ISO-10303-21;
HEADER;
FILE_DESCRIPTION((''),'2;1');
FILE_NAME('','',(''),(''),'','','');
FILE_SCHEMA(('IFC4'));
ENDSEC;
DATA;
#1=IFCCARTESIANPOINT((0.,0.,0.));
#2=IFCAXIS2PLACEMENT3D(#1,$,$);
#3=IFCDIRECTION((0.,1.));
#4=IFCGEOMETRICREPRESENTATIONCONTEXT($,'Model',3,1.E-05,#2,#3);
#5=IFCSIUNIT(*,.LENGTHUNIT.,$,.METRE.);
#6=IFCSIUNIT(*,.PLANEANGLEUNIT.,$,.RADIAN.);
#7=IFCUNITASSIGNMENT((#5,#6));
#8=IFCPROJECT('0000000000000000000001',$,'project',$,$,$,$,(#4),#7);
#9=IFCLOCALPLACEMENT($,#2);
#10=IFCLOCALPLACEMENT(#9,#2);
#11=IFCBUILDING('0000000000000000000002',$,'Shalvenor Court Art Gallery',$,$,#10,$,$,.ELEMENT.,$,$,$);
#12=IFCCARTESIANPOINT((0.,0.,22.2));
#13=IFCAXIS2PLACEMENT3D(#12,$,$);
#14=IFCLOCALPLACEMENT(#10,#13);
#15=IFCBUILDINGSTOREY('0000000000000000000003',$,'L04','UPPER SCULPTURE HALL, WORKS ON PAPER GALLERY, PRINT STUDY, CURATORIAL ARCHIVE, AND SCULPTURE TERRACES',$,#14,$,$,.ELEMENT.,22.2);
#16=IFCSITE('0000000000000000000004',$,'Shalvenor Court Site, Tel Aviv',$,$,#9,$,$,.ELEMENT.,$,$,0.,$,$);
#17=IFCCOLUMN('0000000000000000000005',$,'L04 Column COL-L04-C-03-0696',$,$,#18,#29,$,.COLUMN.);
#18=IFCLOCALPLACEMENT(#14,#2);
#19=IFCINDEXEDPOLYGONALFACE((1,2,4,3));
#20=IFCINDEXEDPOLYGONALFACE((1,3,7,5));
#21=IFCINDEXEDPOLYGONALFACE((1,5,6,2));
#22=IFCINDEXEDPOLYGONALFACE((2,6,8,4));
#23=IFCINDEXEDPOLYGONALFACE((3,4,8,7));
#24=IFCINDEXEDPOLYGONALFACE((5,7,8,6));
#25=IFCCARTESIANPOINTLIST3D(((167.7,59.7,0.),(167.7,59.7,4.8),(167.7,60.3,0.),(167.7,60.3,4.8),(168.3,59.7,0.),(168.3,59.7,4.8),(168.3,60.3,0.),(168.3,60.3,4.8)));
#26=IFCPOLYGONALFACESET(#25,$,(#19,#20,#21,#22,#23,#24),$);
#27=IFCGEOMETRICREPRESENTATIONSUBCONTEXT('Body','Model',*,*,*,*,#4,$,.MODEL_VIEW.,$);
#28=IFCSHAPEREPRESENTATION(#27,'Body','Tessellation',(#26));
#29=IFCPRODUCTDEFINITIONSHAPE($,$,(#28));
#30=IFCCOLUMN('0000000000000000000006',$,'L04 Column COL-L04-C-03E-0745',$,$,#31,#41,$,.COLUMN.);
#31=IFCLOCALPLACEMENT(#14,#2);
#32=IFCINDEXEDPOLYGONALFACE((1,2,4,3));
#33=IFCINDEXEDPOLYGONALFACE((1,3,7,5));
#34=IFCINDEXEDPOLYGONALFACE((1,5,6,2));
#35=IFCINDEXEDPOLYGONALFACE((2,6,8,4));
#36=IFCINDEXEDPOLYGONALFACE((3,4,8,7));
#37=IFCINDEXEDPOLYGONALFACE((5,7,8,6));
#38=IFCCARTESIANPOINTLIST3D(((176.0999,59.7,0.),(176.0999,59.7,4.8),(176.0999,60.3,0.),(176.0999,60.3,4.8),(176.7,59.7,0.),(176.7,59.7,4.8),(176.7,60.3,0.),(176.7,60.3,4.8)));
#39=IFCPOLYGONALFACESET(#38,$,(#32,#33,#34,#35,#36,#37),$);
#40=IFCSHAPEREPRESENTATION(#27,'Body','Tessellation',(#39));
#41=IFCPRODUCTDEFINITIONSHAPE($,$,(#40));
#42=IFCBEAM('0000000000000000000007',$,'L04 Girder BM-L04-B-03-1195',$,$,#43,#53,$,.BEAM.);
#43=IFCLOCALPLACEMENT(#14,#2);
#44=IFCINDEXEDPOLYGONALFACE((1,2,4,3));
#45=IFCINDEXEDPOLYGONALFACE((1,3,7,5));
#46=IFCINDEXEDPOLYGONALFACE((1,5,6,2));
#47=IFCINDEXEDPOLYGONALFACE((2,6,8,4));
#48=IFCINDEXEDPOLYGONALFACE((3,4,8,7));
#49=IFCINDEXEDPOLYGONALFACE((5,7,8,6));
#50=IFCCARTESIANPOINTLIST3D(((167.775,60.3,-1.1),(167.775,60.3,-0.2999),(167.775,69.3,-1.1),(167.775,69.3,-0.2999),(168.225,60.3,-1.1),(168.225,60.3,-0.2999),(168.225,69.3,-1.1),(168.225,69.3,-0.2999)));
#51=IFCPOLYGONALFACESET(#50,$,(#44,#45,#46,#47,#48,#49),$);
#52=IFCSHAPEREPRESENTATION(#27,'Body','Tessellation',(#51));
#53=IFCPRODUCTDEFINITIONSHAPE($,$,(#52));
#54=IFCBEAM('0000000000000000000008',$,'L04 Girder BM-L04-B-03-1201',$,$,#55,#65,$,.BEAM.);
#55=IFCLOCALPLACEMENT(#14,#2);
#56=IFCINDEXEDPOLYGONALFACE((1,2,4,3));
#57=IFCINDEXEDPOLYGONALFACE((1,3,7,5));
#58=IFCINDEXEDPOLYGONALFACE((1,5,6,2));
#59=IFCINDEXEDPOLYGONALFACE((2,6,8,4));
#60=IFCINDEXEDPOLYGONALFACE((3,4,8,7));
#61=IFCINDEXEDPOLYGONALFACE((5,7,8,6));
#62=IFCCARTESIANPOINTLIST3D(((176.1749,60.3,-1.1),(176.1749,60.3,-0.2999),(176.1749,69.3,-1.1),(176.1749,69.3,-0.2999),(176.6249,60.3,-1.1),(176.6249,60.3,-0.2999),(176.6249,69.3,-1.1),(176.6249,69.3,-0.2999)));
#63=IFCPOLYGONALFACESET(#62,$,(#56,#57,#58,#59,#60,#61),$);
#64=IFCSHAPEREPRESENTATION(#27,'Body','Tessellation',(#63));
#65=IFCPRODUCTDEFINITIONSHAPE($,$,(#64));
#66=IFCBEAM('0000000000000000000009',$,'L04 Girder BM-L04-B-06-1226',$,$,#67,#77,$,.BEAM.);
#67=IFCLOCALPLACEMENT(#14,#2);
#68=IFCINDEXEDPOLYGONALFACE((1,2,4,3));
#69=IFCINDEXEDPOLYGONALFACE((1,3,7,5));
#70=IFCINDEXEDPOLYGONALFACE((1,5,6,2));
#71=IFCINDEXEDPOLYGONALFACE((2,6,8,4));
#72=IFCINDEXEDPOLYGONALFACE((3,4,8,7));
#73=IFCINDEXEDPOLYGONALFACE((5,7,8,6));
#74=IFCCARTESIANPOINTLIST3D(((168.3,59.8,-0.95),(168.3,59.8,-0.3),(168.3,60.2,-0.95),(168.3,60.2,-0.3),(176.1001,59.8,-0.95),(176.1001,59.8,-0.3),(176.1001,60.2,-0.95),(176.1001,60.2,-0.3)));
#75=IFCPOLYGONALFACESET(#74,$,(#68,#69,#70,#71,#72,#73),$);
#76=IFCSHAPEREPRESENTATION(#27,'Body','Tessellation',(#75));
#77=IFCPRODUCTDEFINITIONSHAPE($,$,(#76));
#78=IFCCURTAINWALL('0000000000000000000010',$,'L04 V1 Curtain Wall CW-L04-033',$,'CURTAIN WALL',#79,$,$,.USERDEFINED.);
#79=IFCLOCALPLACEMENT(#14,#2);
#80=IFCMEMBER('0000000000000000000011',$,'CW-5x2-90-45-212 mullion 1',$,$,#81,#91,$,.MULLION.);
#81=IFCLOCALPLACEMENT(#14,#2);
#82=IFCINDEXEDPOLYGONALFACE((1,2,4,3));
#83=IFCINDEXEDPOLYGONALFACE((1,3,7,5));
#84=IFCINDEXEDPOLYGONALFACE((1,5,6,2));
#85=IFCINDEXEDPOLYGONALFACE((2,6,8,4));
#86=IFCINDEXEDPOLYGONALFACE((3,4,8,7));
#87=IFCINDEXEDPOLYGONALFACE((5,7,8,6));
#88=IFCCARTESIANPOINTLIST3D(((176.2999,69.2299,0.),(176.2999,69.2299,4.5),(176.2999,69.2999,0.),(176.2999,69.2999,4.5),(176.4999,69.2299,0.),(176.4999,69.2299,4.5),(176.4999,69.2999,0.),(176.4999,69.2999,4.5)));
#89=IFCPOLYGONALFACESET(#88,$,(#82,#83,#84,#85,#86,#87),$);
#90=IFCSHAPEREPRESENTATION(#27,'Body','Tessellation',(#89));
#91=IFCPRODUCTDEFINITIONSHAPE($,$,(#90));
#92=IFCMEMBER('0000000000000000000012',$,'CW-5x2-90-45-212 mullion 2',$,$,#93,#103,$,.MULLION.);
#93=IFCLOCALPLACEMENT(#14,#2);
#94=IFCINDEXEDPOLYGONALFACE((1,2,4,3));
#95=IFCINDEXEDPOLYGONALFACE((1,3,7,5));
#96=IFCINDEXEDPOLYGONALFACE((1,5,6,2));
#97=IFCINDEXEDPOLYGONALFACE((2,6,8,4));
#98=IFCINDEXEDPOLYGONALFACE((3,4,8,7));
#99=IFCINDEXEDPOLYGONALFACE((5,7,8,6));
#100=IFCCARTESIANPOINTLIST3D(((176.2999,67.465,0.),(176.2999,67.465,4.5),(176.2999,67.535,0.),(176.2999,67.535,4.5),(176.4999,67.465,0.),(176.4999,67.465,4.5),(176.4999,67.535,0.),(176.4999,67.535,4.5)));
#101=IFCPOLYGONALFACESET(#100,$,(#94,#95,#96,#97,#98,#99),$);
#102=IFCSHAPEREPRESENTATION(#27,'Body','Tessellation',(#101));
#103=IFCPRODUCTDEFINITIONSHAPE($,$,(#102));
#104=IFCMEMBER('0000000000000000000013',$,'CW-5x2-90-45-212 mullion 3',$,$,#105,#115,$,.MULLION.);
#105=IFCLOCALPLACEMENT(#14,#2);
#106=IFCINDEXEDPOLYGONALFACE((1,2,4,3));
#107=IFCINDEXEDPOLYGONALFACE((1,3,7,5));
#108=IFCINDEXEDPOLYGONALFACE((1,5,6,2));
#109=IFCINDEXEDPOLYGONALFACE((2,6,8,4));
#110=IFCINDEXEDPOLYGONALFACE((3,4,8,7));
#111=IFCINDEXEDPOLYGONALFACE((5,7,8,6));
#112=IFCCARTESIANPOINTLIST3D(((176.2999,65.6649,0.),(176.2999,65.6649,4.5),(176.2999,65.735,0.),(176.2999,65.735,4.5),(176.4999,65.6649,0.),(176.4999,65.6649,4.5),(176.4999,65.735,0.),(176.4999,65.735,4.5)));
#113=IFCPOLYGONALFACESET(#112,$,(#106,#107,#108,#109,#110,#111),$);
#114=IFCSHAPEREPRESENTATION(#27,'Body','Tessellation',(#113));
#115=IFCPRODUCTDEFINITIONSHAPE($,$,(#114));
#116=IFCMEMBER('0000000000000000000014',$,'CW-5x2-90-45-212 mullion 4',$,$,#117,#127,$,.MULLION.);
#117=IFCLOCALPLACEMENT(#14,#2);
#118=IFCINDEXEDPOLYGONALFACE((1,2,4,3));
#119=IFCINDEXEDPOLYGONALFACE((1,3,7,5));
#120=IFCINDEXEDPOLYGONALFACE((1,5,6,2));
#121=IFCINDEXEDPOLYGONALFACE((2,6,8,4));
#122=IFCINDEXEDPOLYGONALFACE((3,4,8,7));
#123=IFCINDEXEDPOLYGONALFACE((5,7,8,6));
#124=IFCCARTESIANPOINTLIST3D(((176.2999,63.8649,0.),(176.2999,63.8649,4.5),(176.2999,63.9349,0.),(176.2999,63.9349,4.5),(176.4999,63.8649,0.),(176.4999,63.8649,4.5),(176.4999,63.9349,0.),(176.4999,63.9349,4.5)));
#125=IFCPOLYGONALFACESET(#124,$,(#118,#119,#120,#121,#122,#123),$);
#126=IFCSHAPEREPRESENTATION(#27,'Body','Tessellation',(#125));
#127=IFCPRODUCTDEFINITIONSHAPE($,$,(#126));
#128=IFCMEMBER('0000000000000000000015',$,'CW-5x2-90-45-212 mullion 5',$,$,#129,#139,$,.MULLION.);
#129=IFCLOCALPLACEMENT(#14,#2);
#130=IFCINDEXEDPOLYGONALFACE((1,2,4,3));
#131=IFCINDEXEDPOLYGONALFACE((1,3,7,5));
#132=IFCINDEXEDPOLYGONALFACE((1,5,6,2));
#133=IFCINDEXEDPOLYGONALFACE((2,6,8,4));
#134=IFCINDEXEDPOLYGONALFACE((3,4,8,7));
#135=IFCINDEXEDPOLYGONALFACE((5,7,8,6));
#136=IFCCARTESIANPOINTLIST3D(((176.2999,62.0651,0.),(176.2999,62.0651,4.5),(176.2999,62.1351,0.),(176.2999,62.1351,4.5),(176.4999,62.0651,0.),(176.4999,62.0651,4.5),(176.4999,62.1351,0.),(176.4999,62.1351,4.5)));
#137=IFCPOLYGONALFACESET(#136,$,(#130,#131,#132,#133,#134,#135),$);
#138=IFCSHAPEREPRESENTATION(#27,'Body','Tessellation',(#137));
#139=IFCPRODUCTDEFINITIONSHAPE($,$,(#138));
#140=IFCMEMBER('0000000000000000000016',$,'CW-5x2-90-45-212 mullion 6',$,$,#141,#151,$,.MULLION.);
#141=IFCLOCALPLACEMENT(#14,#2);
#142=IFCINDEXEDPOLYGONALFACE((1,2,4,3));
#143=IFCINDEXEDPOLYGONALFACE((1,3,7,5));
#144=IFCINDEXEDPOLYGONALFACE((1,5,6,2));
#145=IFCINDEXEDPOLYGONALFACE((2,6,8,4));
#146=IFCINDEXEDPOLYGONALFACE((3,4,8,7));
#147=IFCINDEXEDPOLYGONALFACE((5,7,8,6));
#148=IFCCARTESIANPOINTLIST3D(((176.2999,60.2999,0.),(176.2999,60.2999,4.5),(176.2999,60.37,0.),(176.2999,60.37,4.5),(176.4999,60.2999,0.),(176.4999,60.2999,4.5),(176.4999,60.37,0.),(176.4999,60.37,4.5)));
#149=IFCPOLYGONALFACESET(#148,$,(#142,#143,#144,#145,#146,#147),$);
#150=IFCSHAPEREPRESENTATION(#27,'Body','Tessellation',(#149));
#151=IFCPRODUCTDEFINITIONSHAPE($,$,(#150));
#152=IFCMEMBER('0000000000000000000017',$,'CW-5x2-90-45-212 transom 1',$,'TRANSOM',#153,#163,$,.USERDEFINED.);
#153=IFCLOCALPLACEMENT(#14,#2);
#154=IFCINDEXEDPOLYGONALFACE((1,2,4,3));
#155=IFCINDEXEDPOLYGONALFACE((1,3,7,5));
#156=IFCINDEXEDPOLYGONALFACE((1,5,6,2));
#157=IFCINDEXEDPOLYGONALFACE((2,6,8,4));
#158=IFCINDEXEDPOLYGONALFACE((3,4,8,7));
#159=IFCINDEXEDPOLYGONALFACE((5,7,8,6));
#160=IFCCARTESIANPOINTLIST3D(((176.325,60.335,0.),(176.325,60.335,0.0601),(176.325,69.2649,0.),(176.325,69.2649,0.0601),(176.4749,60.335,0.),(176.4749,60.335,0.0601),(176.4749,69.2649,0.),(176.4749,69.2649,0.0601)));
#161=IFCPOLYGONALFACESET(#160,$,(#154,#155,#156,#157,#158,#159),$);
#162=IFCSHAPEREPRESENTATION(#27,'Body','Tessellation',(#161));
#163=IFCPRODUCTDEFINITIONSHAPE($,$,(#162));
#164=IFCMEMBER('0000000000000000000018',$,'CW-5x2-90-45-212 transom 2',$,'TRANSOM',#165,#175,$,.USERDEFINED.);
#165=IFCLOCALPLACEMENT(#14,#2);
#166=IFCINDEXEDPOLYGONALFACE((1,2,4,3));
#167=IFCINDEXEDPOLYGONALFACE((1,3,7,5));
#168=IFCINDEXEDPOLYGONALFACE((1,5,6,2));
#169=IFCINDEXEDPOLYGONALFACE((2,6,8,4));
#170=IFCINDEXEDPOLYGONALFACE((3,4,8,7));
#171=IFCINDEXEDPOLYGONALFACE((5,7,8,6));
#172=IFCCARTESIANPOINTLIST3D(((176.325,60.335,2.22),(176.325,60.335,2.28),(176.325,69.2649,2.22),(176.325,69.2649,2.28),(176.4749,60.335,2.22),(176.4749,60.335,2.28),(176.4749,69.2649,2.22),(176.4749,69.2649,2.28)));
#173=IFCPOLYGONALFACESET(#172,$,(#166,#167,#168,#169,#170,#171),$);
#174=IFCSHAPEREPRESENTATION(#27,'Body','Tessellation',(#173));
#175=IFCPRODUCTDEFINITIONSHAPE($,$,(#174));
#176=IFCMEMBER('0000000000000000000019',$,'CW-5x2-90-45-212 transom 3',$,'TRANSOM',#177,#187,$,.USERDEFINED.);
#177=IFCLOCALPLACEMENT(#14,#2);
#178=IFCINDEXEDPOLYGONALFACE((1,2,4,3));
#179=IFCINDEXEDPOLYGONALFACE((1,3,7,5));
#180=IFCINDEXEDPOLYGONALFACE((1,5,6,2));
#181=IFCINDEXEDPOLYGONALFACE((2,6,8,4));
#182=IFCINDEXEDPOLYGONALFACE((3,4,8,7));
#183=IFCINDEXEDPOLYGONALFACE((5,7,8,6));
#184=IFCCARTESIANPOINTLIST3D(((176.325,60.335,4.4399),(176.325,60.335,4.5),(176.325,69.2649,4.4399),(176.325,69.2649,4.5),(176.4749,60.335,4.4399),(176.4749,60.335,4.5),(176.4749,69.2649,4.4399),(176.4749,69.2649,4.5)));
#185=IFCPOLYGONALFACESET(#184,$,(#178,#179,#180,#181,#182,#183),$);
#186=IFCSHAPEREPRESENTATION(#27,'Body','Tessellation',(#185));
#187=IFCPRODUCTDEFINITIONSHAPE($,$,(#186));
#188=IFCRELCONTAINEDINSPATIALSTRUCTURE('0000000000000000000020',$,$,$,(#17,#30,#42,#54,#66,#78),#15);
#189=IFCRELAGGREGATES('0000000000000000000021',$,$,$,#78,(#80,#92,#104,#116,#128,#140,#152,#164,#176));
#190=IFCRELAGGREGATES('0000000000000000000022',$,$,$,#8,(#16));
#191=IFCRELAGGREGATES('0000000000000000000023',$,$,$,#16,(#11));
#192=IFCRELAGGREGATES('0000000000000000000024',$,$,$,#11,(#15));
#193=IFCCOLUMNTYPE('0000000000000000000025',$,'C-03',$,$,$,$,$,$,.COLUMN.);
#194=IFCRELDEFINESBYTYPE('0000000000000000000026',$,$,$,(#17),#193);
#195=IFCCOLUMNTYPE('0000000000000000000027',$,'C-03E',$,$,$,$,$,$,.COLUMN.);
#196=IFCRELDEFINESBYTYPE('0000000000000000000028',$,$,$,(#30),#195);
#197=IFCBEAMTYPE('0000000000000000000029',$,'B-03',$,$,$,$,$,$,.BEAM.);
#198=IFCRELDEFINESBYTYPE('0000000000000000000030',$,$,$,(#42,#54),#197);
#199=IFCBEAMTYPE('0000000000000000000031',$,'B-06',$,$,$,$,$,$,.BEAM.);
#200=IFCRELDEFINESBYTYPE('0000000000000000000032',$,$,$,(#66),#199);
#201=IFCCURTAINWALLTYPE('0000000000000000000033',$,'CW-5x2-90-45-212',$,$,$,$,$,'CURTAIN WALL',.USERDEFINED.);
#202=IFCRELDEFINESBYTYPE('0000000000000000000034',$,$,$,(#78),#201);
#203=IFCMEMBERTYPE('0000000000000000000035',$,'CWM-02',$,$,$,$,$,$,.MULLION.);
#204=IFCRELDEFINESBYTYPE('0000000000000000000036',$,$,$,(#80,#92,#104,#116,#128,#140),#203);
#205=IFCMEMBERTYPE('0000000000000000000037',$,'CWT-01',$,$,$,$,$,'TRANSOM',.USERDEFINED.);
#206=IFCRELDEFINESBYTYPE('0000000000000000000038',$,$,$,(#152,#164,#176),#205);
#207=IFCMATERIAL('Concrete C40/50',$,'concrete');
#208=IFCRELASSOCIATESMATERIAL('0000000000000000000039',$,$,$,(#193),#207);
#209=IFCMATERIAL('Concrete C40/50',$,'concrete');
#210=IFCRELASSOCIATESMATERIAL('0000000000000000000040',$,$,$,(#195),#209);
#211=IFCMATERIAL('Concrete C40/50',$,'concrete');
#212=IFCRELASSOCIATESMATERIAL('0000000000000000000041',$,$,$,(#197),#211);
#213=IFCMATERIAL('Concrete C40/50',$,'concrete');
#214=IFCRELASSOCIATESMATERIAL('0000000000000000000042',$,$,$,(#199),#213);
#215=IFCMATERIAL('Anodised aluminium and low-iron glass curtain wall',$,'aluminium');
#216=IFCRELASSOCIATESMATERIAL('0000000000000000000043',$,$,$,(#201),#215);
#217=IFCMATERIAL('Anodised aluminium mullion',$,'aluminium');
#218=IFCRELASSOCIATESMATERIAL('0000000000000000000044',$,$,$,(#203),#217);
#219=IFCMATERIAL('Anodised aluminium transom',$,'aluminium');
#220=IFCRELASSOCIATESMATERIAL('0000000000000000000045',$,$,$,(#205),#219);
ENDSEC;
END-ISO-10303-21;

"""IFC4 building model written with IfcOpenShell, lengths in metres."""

from ifc_helpers import new_model, si_unit, direction, frame, origin, origin_2d, place, context, subcontext, project, spatial, rectangle, extrude, material, material_profile, profile_set, type_object, element, aggregate, save


model = new_model("IFC4")

# Units and contexts
model_context = context("Model", 3, precision=1e-05, world=origin(), true_north=direction((0.0, 1.0)))
body_context = subcontext(model_context, "Body", "Model", "MODEL_VIEW")
ifc_project = project(units=[si_unit("LENGTHUNIT", "METRE"), si_unit("PLANEANGLEUNIT", "RADIAN")], contexts=[model_context])

# Site, building, storey
site_placement = place(None, origin())
site = spatial("IfcSite", under=ifc_project, at=site_placement, Name="Shalvenor Court Site, Tel Aviv", CompositionType="ELEMENT", RefElevation=0.0)
building_placement = place(site_placement, origin())
building = spatial("IfcBuilding", under=site, at=building_placement, Name="Shalvenor Court Art Gallery", CompositionType="ELEMENT")
storey_placement = place(building_placement, frame((0.0, 0.0, 22.2)))
storey = spatial("IfcBuildingStorey", under=building, at=storey_placement, Name="L04", Description="UPPER SCULPTURE HALL, WORKS ON PAPER GALLERY, PRINT STUDY, CURATORIAL ARCHIVE, AND SCULPTURE TERRACES", CompositionType="ELEMENT", Elevation=22.2)

# Columns
ifc_material_1 = material(Name="Concrete C40/50", Category="concrete")
ifc_material_profile_1 = material_profile(ifc_material_1, rectangle(XDim=0.6001, YDim=0.6001, at=origin_2d()), Name="RC 600x600")
ifc_profile_set_1 = profile_set([ifc_material_profile_1], Name="Concrete C40/50")
column_type_1 = type_object("IfcColumnType", Name="C-03", PredefinedType="COLUMN", material=ifc_profile_set_1)
column_1_placement = place(storey_placement, frame((168.0, 60.0, 0.0), z_axis=(0.0, 0.0, 1.0), x_axis=(1.0, 0.0, 0.0)))
element("IfcColumn", 1, at=column_1_placement, inside=storey, type_object=column_type_1, Name="L04 Column COL-L04-C-03-0696", PredefinedType="COLUMN", context=body_context, shape_type="SweptSolid", body=[
    extrude(rectangle(XDim=0.6001, YDim=0.6001, at=origin_2d()), origin(), (0.0, 0.0, 1.0), 4.8),
])
ifc_material_2 = material(Name="Concrete C40/50", Category="concrete")
ifc_material_profile_2 = material_profile(ifc_material_2, rectangle(XDim=0.6001, YDim=0.6001, at=origin_2d()), Name="RC 600x600")
ifc_profile_set_2 = profile_set([ifc_material_profile_2], Name="Concrete C40/50")
column_type_2 = type_object("IfcColumnType", Name="C-03E", PredefinedType="COLUMN", material=ifc_profile_set_2)
column_2_placement = place(storey_placement, frame((176.3999, 60.0, 0.0), z_axis=(0.0, 0.0, 1.0), x_axis=(1.0, 0.0, 0.0)))
element("IfcColumn", 2, at=column_2_placement, inside=storey, type_object=column_type_2, Name="L04 Column COL-L04-C-03E-0745", PredefinedType="COLUMN", context=body_context, shape_type="SweptSolid", body=[
    extrude(rectangle(XDim=0.6001, YDim=0.6001, at=origin_2d()), origin(), (0.0, 0.0, 1.0), 4.8),
])

# Beams
ifc_material_3 = material(Name="Concrete C40/50", Category="concrete")
ifc_material_profile_3 = material_profile(ifc_material_3, rectangle(XDim=0.45, YDim=0.8, at=origin_2d()), Name="RC 450x800")
ifc_profile_set_3 = profile_set([ifc_material_profile_3], Name="Concrete C40/50")
beam_type_1 = type_object("IfcBeamType", Name="B-03", PredefinedType="BEAM", material=ifc_profile_set_3)
for number, where, z_axis, x_axis, name in (
    (3, (168.0, 60.3, -0.7), (0.0, 1.0, 0.0), (-1.0, 0.0, 0.0), "L04 Girder BM-L04-B-03-1195"),
    (4, (176.3999, 60.3, -0.7), (0.0, 1.0, 0.0), (-1.0, 0.0, 0.0), "L04 Girder BM-L04-B-03-1201"),
):
    element("IfcBeam", number, at=place(storey_placement, frame(where, z_axis=z_axis, x_axis=x_axis)), inside=storey, type_object=beam_type_1, Name=name, PredefinedType="BEAM", context=body_context, shape_type="SweptSolid", body=[
        extrude(rectangle(XDim=0.45, YDim=0.8, at=origin_2d()), origin(), (0.0, 0.0, 1.0), 9.0),
    ])
ifc_material_4 = material(Name="Concrete C40/50", Category="concrete")
ifc_material_profile_4 = material_profile(ifc_material_4, rectangle(XDim=0.3999, YDim=0.6499, at=origin_2d()), Name="RC 400x650")
ifc_profile_set_4 = profile_set([ifc_material_profile_4], Name="Concrete C40/50")
beam_type_2 = type_object("IfcBeamType", Name="B-06", PredefinedType="BEAM", material=ifc_profile_set_4)
beam_1_placement = place(storey_placement, frame((168.3, 60.0, -0.625), z_axis=(1.0, 0.0, 0.0), x_axis=(0.0, 1.0, 0.0)))
element("IfcBeam", 5, at=beam_1_placement, inside=storey, type_object=beam_type_2, Name="L04 Girder BM-L04-B-06-1226", PredefinedType="BEAM", context=body_context, shape_type="SweptSolid", body=[
    extrude(rectangle(XDim=0.3999, YDim=0.6499, at=origin_2d()), origin(), (0.0, 0.0, 1.0), 7.8),
])

# Curtain wall, members
ifc_material_5 = material(Name="Anodised aluminium and low-iron glass curtain wall", Category="aluminium")
curtain_wall_type_1 = type_object("IfcCurtainWallType", Name="CW-5x2-90-45-212", ElementType="CURTAIN WALL", PredefinedType="USERDEFINED", material=ifc_material_5)
curtain_wall_1_placement = place(storey_placement, origin())
curtain_wall_1 = element("IfcCurtainWall", 6, at=curtain_wall_1_placement, inside=storey, type_object=curtain_wall_type_1, Name="L04 V1 Curtain Wall CW-L04-033", ObjectType="CURTAIN WALL", PredefinedType="USERDEFINED")
ifc_material_6 = material(Name="Anodised aluminium mullion", Category="aluminium")
ifc_material_profile_5 = material_profile(ifc_material_6, rectangle(XDim=0.0701, YDim=0.2, at=origin_2d()), Name="CWM-02")
ifc_profile_set_5 = profile_set([ifc_material_profile_5], Name="Anodised aluminium mullion")
member_type_1 = type_object("IfcMemberType", Name="CWM-02", PredefinedType="MULLION", material=ifc_profile_set_5)
member_1_placement = place(storey_placement, frame((176.3999, 69.2649, 0.0), z_axis=(0.0, 0.0, 1.0), x_axis=(0.0, -1.0, 0.0)))
member_1 = element("IfcMember", 7, at=member_1_placement, type_object=member_type_1, Name="CW-5x2-90-45-212 mullion 1", PredefinedType="MULLION", context=body_context, shape_type="SweptSolid", body=[
    extrude(rectangle(XDim=0.0701, YDim=0.2, at=origin_2d()), origin(), (0.0, 0.0, 1.0), 4.5),
])
member_2_placement = place(storey_placement, frame((176.3999, 67.5, 0.0), z_axis=(0.0, 0.0, 1.0), x_axis=(0.0, -1.0, 0.0)))
member_2 = element("IfcMember", 8, at=member_2_placement, type_object=member_type_1, Name="CW-5x2-90-45-212 mullion 2", PredefinedType="MULLION", context=body_context, shape_type="SweptSolid", body=[
    extrude(rectangle(XDim=0.0701, YDim=0.2, at=origin_2d()), origin(), (0.0, 0.0, 1.0), 4.5),
])
member_3_placement = place(storey_placement, frame((176.3999, 65.7, 0.0), z_axis=(0.0, 0.0, 1.0), x_axis=(0.0, -1.0, 0.0)))
member_3 = element("IfcMember", 9, at=member_3_placement, type_object=member_type_1, Name="CW-5x2-90-45-212 mullion 3", PredefinedType="MULLION", context=body_context, shape_type="SweptSolid", body=[
    extrude(rectangle(XDim=0.0701, YDim=0.2, at=origin_2d()), origin(), (0.0, 0.0, 1.0), 4.5),
])
member_4_placement = place(storey_placement, frame((176.3999, 63.8999, 0.0), z_axis=(0.0, 0.0, 1.0), x_axis=(0.0, -1.0, 0.0)))
member_4 = element("IfcMember", 10, at=member_4_placement, type_object=member_type_1, Name="CW-5x2-90-45-212 mullion 4", PredefinedType="MULLION", context=body_context, shape_type="SweptSolid", body=[
    extrude(rectangle(XDim=0.0701, YDim=0.2, at=origin_2d()), origin(), (0.0, 0.0, 1.0), 4.5),
])
member_5_placement = place(storey_placement, frame((176.3999, 62.1001, 0.0), z_axis=(0.0, 0.0, 1.0), x_axis=(0.0, -1.0, 0.0)))
member_5 = element("IfcMember", 11, at=member_5_placement, type_object=member_type_1, Name="CW-5x2-90-45-212 mullion 5", PredefinedType="MULLION", context=body_context, shape_type="SweptSolid", body=[
    extrude(rectangle(XDim=0.0701, YDim=0.2, at=origin_2d()), origin(), (0.0, 0.0, 1.0), 4.5),
])
member_6_placement = place(storey_placement, frame((176.3999, 60.335, 0.0), z_axis=(0.0, 0.0, 1.0), x_axis=(0.0, -1.0, 0.0)))
member_6 = element("IfcMember", 12, at=member_6_placement, type_object=member_type_1, Name="CW-5x2-90-45-212 mullion 6", PredefinedType="MULLION", context=body_context, shape_type="SweptSolid", body=[
    extrude(rectangle(XDim=0.0701, YDim=0.2, at=origin_2d()), origin(), (0.0, 0.0, 1.0), 4.5),
])
ifc_material_7 = material(Name="Anodised aluminium transom", Category="aluminium")
ifc_material_profile_6 = material_profile(ifc_material_7, rectangle(XDim=0.1499, YDim=0.0601, at=origin_2d()), Name="CWT-01")
ifc_profile_set_6 = profile_set([ifc_material_profile_6], Name="Anodised aluminium transom")
member_type_2 = type_object("IfcMemberType", Name="CWT-01", ElementType="TRANSOM", PredefinedType="USERDEFINED", material=ifc_profile_set_6)
member_7_placement = place(storey_placement, frame((176.3999, 69.2649, 0.03), z_axis=(0.0, -1.0, 0.0), x_axis=(1.0, 0.0, 0.0)))
member_7 = element("IfcMember", 13, at=member_7_placement, type_object=member_type_2, Name="CW-5x2-90-45-212 transom 1", ObjectType="TRANSOM", PredefinedType="USERDEFINED", context=body_context, shape_type="SweptSolid", body=[
    extrude(rectangle(XDim=0.1499, YDim=0.0601, at=origin_2d()), origin(), (0.0, 0.0, 1.0), 8.9299),
])
member_8_placement = place(storey_placement, frame((176.3999, 69.2649, 2.25), z_axis=(0.0, -1.0, 0.0), x_axis=(1.0, 0.0, 0.0)))
member_8 = element("IfcMember", 14, at=member_8_placement, type_object=member_type_2, Name="CW-5x2-90-45-212 transom 2", ObjectType="TRANSOM", PredefinedType="USERDEFINED", context=body_context, shape_type="SweptSolid", body=[
    extrude(rectangle(XDim=0.1499, YDim=0.0601, at=origin_2d()), origin(), (0.0, 0.0, 1.0), 8.9299),
])
member_9_placement = place(storey_placement, frame((176.3999, 69.2649, 4.47), z_axis=(0.0, -1.0, 0.0), x_axis=(1.0, 0.0, 0.0)))
member_9 = element("IfcMember", 15, at=member_9_placement, type_object=member_type_2, Name="CW-5x2-90-45-212 transom 3", ObjectType="TRANSOM", PredefinedType="USERDEFINED", context=body_context, shape_type="SweptSolid", body=[
    extrude(rectangle(XDim=0.1499, YDim=0.0601, at=origin_2d()), origin(), (0.0, 0.0, 1.0), 8.9299),
])

aggregate(curtain_wall_1, [member_1, member_2, member_3, member_4, member_5, member_6, member_7, member_8, member_9])

save(model, "model.ifc")
